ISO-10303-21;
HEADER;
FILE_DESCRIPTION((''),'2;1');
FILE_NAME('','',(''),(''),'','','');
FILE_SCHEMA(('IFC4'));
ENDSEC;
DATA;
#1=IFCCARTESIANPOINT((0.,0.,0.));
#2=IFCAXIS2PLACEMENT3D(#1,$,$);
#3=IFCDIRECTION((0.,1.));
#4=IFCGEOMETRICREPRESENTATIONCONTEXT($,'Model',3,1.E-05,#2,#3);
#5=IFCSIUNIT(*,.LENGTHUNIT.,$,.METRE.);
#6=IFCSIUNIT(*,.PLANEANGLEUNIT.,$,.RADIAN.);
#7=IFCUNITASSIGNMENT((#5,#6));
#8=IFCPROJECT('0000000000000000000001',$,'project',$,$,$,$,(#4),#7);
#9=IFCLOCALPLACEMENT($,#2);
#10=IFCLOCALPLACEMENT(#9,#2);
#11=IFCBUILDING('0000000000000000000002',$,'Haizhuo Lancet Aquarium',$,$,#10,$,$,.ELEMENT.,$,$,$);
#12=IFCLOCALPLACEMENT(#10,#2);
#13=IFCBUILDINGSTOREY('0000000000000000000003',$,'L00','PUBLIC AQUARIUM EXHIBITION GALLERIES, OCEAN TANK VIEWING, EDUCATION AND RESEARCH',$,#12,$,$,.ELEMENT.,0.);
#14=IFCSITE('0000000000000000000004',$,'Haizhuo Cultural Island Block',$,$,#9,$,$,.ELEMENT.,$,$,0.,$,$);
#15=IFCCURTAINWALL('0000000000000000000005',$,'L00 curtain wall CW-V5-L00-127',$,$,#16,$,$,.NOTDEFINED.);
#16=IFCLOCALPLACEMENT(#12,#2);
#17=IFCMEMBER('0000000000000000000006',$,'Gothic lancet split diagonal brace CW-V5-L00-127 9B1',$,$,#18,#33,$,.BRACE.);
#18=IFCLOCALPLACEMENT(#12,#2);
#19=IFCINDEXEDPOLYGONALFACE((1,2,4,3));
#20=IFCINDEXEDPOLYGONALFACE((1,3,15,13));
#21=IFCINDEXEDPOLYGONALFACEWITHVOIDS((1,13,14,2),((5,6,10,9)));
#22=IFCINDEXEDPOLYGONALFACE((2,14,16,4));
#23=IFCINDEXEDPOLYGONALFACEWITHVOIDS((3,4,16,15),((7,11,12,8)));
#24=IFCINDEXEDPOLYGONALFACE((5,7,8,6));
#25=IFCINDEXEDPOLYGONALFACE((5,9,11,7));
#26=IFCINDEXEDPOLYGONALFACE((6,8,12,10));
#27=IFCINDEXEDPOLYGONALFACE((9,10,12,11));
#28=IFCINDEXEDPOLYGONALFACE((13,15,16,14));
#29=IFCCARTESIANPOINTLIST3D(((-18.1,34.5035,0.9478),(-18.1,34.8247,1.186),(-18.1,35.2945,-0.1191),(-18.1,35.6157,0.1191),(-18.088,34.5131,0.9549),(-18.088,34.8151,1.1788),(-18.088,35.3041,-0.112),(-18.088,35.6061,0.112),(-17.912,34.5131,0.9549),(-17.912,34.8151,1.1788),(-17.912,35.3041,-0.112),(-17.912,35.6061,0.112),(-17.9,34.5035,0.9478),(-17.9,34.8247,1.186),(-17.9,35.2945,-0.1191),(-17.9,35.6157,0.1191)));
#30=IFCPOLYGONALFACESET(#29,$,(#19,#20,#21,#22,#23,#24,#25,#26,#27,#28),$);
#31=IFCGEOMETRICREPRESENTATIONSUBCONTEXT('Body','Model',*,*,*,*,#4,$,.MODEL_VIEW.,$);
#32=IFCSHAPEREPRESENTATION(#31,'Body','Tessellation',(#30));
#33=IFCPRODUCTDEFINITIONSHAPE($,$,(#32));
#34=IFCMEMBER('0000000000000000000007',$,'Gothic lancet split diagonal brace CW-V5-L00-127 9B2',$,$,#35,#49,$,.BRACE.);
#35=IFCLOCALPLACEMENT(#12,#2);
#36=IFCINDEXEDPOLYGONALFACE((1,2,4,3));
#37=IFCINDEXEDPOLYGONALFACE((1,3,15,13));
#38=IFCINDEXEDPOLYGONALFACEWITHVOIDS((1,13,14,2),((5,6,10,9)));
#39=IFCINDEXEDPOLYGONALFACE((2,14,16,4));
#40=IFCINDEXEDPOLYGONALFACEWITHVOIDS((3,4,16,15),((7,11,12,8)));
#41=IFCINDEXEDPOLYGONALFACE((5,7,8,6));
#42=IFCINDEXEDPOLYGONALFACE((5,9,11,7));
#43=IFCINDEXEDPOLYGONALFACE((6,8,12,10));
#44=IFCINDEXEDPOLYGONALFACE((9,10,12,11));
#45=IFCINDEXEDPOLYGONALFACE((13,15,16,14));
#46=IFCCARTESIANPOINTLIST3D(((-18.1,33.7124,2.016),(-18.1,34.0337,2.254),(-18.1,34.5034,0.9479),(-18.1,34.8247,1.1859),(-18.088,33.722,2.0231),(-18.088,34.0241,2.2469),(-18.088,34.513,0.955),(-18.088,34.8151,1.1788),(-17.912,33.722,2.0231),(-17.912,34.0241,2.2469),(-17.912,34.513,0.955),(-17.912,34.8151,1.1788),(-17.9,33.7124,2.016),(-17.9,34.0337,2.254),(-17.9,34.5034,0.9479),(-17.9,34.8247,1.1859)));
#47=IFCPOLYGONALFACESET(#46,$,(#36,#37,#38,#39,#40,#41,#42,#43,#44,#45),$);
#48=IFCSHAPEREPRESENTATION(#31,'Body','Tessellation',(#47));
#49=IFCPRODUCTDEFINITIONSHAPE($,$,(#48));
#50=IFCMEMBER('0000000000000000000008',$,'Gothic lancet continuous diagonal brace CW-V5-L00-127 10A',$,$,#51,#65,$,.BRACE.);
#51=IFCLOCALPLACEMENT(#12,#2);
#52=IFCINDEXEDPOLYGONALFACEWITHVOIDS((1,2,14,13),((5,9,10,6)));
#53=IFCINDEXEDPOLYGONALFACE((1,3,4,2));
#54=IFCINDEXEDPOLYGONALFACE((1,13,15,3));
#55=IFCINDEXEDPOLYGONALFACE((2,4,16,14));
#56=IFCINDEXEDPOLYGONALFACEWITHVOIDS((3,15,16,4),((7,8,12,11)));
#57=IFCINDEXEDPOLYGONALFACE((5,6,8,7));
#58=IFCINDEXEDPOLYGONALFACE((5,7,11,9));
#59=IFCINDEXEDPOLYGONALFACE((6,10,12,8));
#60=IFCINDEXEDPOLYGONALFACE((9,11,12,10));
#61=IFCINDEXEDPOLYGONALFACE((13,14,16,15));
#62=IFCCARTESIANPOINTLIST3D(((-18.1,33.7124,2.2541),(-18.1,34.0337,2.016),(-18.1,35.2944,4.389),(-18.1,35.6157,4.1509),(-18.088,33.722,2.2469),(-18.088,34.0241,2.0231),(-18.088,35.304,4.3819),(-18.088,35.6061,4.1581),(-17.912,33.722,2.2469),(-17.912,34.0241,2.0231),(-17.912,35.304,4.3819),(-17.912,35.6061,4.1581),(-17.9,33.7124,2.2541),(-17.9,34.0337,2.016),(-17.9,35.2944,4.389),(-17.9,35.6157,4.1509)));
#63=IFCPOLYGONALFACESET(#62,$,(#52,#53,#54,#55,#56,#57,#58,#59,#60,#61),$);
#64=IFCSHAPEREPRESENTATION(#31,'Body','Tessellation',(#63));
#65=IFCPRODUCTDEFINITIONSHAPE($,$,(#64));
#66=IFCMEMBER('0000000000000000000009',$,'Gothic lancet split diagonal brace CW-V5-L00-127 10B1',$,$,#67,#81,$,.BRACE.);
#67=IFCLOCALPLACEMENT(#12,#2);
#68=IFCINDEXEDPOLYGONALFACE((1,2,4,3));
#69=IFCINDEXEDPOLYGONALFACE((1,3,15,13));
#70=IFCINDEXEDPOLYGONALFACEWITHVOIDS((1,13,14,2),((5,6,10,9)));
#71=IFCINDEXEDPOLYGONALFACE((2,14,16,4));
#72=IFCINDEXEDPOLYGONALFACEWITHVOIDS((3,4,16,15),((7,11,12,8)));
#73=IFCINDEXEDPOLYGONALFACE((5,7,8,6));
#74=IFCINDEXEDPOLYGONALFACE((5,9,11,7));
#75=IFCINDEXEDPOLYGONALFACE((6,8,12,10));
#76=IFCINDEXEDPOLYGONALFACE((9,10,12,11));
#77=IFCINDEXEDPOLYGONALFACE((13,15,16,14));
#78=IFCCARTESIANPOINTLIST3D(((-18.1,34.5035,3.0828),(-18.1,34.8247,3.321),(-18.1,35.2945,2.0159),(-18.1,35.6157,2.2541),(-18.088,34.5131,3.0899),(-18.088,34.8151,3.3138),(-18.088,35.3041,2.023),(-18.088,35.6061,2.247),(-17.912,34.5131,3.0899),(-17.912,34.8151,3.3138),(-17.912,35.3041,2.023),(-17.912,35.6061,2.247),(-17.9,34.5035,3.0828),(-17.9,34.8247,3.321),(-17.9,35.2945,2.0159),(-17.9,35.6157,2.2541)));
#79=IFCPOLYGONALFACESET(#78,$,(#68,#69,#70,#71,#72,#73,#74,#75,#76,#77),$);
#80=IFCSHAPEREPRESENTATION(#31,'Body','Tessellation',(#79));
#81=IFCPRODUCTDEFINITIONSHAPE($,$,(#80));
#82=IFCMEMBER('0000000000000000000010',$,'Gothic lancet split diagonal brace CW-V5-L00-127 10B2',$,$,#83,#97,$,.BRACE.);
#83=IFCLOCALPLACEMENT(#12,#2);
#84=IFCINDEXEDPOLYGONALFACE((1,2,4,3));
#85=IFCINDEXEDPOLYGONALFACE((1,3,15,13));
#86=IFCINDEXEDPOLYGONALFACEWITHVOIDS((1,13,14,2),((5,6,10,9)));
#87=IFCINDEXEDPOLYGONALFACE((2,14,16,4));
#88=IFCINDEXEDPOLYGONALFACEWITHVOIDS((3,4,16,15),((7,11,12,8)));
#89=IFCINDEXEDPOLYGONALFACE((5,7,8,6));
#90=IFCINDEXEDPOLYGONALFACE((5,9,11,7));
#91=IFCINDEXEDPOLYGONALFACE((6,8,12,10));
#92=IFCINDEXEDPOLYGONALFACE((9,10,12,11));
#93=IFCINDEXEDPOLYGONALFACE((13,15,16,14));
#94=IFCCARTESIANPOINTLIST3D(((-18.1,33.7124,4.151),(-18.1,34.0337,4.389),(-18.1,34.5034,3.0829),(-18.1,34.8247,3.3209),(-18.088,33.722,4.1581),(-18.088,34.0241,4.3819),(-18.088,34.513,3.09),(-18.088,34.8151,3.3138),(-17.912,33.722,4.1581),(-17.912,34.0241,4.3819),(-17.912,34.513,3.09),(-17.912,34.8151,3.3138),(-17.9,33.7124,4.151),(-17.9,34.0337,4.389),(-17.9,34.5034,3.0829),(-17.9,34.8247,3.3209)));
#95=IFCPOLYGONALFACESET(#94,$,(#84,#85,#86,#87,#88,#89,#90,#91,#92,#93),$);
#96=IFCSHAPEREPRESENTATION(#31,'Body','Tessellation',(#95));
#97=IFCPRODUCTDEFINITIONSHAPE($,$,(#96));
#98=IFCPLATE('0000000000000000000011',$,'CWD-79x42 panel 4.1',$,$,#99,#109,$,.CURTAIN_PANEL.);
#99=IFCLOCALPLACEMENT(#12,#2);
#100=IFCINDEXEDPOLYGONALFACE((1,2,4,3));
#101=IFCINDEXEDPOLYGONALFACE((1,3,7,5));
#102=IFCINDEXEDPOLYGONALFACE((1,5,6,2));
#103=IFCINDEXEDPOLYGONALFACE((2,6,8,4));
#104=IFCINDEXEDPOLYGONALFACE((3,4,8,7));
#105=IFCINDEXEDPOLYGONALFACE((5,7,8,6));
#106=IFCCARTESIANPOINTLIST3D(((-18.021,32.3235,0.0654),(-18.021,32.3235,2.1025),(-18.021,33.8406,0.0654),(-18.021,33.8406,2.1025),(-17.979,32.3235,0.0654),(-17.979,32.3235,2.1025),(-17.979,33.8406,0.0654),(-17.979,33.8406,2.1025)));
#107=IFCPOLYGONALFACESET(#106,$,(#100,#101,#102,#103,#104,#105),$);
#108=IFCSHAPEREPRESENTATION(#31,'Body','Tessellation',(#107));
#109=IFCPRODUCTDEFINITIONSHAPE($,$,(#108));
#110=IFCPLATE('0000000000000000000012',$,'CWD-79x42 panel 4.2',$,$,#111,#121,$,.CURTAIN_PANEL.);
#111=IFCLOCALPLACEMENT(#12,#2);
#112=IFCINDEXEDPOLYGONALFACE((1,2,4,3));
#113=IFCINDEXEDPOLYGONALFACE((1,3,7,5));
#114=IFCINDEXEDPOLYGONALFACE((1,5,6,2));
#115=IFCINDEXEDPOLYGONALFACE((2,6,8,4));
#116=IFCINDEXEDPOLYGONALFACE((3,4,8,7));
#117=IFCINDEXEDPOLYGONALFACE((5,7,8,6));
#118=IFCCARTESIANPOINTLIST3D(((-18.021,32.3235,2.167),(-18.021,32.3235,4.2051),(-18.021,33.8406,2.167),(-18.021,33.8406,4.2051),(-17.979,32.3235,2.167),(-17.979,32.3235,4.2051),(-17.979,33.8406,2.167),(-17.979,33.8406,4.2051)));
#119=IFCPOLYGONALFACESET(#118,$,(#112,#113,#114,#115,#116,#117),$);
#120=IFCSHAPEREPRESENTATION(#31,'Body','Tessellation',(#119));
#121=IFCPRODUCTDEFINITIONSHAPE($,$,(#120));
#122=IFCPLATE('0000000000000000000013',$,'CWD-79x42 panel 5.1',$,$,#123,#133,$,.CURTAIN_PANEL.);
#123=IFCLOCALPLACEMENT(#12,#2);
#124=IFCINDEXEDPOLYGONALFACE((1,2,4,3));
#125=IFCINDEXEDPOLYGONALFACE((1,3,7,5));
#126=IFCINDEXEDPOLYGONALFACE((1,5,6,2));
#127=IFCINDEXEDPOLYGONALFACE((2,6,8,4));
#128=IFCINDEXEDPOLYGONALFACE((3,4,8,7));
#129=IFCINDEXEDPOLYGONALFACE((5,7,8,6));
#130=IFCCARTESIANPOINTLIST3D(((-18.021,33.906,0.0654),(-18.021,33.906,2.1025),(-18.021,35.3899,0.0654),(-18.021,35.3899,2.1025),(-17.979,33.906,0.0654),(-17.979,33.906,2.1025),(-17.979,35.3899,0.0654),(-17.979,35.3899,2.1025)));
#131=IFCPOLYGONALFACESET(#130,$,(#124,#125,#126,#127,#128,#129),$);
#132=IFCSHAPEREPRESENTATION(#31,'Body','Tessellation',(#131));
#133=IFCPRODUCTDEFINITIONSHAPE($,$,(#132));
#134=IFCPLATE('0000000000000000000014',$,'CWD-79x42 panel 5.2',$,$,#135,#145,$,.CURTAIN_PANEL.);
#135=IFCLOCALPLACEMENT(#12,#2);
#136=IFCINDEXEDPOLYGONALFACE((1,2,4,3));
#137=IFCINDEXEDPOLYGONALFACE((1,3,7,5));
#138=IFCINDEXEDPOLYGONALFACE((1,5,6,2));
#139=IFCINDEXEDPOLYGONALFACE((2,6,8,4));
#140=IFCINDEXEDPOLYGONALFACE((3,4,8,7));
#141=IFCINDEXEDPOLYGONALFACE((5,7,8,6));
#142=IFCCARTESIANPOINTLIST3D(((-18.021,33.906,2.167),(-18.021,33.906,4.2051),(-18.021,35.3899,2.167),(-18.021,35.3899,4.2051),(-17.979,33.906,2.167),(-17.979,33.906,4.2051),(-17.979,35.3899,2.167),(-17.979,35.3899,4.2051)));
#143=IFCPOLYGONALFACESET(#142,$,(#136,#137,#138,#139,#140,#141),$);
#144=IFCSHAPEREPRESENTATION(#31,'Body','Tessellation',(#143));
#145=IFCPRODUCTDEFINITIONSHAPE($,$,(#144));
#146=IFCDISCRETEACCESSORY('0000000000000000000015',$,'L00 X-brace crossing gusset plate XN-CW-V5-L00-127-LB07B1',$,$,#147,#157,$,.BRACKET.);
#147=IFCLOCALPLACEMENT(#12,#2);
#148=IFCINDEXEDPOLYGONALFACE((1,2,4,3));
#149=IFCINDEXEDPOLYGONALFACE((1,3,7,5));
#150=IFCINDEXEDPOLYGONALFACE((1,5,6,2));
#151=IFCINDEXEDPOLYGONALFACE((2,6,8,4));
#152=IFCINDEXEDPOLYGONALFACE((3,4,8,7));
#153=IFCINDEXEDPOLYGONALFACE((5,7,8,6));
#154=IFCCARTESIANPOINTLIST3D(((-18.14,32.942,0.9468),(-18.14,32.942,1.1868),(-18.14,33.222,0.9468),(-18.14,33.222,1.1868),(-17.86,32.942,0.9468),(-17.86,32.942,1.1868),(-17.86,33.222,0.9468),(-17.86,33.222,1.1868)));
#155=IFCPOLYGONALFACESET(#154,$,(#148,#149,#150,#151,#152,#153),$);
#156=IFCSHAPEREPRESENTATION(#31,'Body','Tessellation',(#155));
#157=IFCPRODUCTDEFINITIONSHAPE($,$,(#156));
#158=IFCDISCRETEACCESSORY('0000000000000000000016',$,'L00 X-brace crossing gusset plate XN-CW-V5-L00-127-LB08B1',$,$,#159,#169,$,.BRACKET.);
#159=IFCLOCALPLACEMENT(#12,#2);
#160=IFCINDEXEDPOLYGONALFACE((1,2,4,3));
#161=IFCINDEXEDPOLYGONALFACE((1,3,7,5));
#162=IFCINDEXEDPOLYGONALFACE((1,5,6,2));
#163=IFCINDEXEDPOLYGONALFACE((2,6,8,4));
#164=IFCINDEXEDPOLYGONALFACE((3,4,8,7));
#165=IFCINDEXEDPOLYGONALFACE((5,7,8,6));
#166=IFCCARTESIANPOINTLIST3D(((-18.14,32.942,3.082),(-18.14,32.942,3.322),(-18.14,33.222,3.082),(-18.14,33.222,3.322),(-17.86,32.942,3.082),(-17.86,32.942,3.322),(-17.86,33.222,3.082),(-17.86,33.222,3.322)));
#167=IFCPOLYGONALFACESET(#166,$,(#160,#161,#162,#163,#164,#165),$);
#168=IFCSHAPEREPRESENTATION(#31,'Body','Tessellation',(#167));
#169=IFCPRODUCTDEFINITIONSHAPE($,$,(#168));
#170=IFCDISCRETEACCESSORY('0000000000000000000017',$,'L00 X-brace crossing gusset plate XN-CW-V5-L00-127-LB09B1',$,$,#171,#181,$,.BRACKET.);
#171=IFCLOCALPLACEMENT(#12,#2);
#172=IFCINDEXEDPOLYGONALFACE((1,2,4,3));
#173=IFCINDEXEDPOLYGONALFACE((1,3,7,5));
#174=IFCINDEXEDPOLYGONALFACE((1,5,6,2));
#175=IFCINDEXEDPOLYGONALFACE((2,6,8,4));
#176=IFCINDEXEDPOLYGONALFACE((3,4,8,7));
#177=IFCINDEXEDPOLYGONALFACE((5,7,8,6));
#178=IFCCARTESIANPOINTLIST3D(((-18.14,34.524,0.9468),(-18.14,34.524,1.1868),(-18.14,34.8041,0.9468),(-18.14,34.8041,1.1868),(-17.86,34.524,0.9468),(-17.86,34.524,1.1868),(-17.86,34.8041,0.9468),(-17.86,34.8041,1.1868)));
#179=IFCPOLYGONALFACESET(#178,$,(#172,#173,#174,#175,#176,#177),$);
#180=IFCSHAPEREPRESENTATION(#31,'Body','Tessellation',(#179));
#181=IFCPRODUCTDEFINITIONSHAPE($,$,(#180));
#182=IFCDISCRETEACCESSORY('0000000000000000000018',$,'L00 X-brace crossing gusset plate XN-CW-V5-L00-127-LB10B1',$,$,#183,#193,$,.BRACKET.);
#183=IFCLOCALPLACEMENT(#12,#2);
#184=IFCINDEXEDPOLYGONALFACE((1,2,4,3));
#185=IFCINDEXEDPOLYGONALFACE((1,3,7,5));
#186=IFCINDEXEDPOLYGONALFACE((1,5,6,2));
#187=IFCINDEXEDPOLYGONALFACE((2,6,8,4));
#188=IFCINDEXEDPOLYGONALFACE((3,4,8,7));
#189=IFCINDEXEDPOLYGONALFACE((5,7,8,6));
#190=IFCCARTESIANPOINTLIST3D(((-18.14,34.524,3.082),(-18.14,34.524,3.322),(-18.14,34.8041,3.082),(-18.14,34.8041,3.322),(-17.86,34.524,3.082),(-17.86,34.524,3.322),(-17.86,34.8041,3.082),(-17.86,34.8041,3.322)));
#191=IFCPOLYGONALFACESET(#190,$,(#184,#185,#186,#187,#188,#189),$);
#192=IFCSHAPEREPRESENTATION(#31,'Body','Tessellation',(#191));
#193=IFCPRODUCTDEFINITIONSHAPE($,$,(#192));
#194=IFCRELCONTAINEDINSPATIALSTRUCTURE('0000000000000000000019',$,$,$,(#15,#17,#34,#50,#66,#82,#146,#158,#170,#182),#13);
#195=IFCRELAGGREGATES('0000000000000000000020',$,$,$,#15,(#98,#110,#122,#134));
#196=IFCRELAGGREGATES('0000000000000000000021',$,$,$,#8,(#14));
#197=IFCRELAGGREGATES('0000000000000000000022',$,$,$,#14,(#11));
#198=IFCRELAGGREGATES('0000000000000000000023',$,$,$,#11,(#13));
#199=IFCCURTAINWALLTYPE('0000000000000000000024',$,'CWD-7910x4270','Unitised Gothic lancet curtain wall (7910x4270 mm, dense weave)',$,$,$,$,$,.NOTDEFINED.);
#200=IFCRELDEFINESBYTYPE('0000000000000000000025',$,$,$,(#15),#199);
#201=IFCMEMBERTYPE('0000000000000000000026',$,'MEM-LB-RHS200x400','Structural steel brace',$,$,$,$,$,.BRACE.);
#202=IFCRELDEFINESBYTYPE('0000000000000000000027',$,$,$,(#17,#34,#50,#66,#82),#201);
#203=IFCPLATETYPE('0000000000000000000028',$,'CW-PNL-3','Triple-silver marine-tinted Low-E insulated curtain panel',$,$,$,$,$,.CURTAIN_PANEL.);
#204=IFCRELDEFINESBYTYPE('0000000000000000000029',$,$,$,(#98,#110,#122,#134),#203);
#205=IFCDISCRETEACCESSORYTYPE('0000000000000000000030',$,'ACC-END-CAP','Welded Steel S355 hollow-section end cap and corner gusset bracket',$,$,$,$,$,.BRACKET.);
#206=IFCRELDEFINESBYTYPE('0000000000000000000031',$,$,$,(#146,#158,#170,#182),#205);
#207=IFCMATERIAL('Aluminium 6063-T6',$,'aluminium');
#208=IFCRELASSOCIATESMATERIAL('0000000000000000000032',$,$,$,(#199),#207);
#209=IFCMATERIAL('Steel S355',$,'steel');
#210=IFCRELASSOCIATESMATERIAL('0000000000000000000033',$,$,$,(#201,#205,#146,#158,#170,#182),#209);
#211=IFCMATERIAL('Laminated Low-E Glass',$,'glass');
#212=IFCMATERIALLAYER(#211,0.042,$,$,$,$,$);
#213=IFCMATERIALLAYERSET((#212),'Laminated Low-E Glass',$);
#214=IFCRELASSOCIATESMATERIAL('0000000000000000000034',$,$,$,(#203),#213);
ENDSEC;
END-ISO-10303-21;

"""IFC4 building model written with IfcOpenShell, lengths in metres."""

from ifc_helpers import new_model, si_unit, direction, frame, origin, origin_2d, place, context, subcontext, project, spatial, rectangle, hollow_rectangle, extrude, material, layer, layer_set, material_profile, profile_set, type_object, element, aggregate, save


model = new_model("IFC4")

# Units and contexts
model_context = context("Model", 3, precision=1e-05, world=origin(), true_north=direction((0.0, 1.0)))
body_context = subcontext(model_context, "Body", "Model", "MODEL_VIEW")
ifc_project = project(units=[si_unit("LENGTHUNIT", "METRE"), si_unit("PLANEANGLEUNIT", "RADIAN")], contexts=[model_context])

# Site, building, storey
site_placement = place(None, origin())
site = spatial("IfcSite", under=ifc_project, at=site_placement, Name="Haizhuo Cultural Island Block", CompositionType="ELEMENT", RefElevation=0.0)
building_placement = place(site_placement, origin())
building = spatial("IfcBuilding", under=site, at=building_placement, Name="Haizhuo Lancet Aquarium", CompositionType="ELEMENT")
storey_placement = place(building_placement, origin())
storey = spatial("IfcBuildingStorey", under=building, at=storey_placement, Name="L00", Description="PUBLIC AQUARIUM EXHIBITION GALLERIES, OCEAN TANK VIEWING, EDUCATION AND RESEARCH", CompositionType="ELEMENT", Elevation=0.0)

# Curtain wall
ifc_material_1 = material(Name="Aluminium 6063-T6", Category="aluminium")
curtain_wall_type = type_object("IfcCurtainWallType", Name="CWD-7910x4270", Description="Unitised Gothic lancet curtain wall (7910x4270 mm, dense weave)", PredefinedType="NOTDEFINED", material=ifc_material_1)
curtain_wall_placement = place(storey_placement, origin())
curtain_wall = element("IfcCurtainWall", 1, at=curtain_wall_placement, inside=storey, type_object=curtain_wall_type, Name="L00 curtain wall CW-V5-L00-127", PredefinedType="NOTDEFINED")

# Members
ifc_material_2 = material(Name="Steel S355", Category="steel")
ifc_material_profile_1 = material_profile(ifc_material_2, hollow_rectangle(XDim=0.2, YDim=0.3999, WallThickness=0.012, at=origin_2d()), Name="RHS 200x400x12")
ifc_profile_set_1 = profile_set([ifc_material_profile_1], Name="Steel S355")
member_type_1 = type_object("IfcMemberType", Name="MEM-LB-RHS200x400", Description="Structural steel brace", PredefinedType="BRACE", material=ifc_profile_set_1)
member_1_placement = place(storey_placement, frame((-18.0, 35.4551, 0.0), z_axis=(0.0, -0.595579, 0.803297), x_axis=(1.0, 0.0, 0.0)))
element("IfcMember", 2, at=member_1_placement, inside=storey, type_object=member_type_1, Name="Gothic lancet split diagonal brace CW-V5-L00-127 9B1", PredefinedType="BRACE", context=body_context, shape_type="SweptSolid", body=[
    extrude(hollow_rectangle(XDim=0.2, YDim=0.3999, WallThickness=0.012, at=origin_2d()), origin(), (0.0, 0.0, 1.0), 1.3281),
])
member_2_placement = place(storey_placement, frame((-18.0, 34.6641, 1.0669), z_axis=(0.0, -0.59514, 0.803622), x_axis=(1.0, 0.0, 0.0)))
element("IfcMember", 3, at=member_2_placement, inside=storey, type_object=member_type_1, Name="Gothic lancet split diagonal brace CW-V5-L00-127 9B2", PredefinedType="BRACE", context=body_context, shape_type="SweptSolid", body=[
    extrude(hollow_rectangle(XDim=0.2, YDim=0.3999, WallThickness=0.012, at=origin_2d()), origin(), (0.0, 0.0, 1.0), 1.3291),
])
member_3_placement = place(storey_placement, frame((-18.0, 33.873, 2.135), z_axis=(0.0, 0.595359, 0.80346), x_axis=(-1.0, 0.0, 0.0)))
element("IfcMember", 4, at=member_3_placement, inside=storey, type_object=member_type_1, Name="Gothic lancet continuous diagonal brace CW-V5-L00-127 10A", PredefinedType="BRACE", context=body_context, shape_type="SweptSolid", body=[
    extrude(hollow_rectangle(XDim=0.2, YDim=0.3999, WallThickness=0.012, at=origin_2d()), origin(), (0.0, 0.0, 1.0), 2.6572),
])
member_4_placement = place(storey_placement, frame((-18.0, 35.4551, 2.135), z_axis=(0.0, -0.595579, 0.803297), x_axis=(1.0, 0.0, 0.0)))
element("IfcMember", 5, at=member_4_placement, inside=storey, type_object=member_type_1, Name="Gothic lancet split diagonal brace CW-V5-L00-127 10B1", PredefinedType="BRACE", context=body_context, shape_type="SweptSolid", body=[
    extrude(hollow_rectangle(XDim=0.2, YDim=0.3999, WallThickness=0.012, at=origin_2d()), origin(), (0.0, 0.0, 1.0), 1.3281),
])
member_5_placement = place(storey_placement, frame((-18.0, 34.6641, 3.2019), z_axis=(0.0, -0.59514, 0.803622), x_axis=(1.0, 0.0, 0.0)))
element("IfcMember", 6, at=member_5_placement, inside=storey, type_object=member_type_1, Name="Gothic lancet split diagonal brace CW-V5-L00-127 10B2", PredefinedType="BRACE", context=body_context, shape_type="SweptSolid", body=[
    extrude(hollow_rectangle(XDim=0.2, YDim=0.3999, WallThickness=0.012, at=origin_2d()), origin(), (0.0, 0.0, 1.0), 1.3291),
])

# Plates
ifc_material_3 = material(Name="Laminated Low-E Glass", Category="glass")
ifc_layer = layer(ifc_material_3, 0.042)
ifc_layer_set = layer_set([ifc_layer], Name="Laminated Low-E Glass")
plate_type = type_object("IfcPlateType", Name="CW-PNL-3", Description="Triple-silver marine-tinted Low-E insulated curtain panel", PredefinedType="CURTAIN_PANEL", material=ifc_layer_set)
plate_1_placement = place(storey_placement, frame((-18.0, 33.082, 0.0654), z_axis=(0.0, 0.0, 1.0), x_axis=(0.0, 1.0, 0.0)))
plate_1 = element("IfcPlate", 7, at=plate_1_placement, type_object=plate_type, Name="CWD-79x42 panel 4.1", PredefinedType="CURTAIN_PANEL", context=body_context, shape_type="SweptSolid", body=[
    extrude(rectangle(XDim=1.5171, YDim=0.042, at=origin_2d()), origin(), (0.0, 0.0, 1.0), 2.0371),
])
plate_2_placement = place(storey_placement, frame((-18.0, 33.082, 2.167), z_axis=(0.0, 0.0, 1.0), x_axis=(0.0, 1.0, 0.0)))
plate_2 = element("IfcPlate", 8, at=plate_2_placement, type_object=plate_type, Name="CWD-79x42 panel 4.2", PredefinedType="CURTAIN_PANEL", context=body_context, shape_type="SweptSolid", body=[
    extrude(rectangle(XDim=1.5171, YDim=0.042, at=origin_2d()), origin(), (0.0, 0.0, 1.0), 2.0381),
])
plate_3_placement = place(storey_placement, frame((-18.0, 34.6479, 0.0654), z_axis=(0.0, 0.0, 1.0), x_axis=(0.0, 1.0, 0.0)))
plate_3 = element("IfcPlate", 9, at=plate_3_placement, type_object=plate_type, Name="CWD-79x42 panel 5.1", PredefinedType="CURTAIN_PANEL", context=body_context, shape_type="SweptSolid", body=[
    extrude(rectangle(XDim=1.4839, YDim=0.042, at=origin_2d()), origin(), (0.0, 0.0, 1.0), 2.0371),
])
plate_4_placement = place(storey_placement, frame((-18.0, 34.6479, 2.167), z_axis=(0.0, 0.0, 1.0), x_axis=(0.0, 1.0, 0.0)))
plate_4 = element("IfcPlate", 10, at=plate_4_placement, type_object=plate_type, Name="CWD-79x42 panel 5.2", PredefinedType="CURTAIN_PANEL", context=body_context, shape_type="SweptSolid", body=[
    extrude(rectangle(XDim=1.4839, YDim=0.042, at=origin_2d()), origin(), (0.0, 0.0, 1.0), 2.0381),
])
aggregate(curtain_wall, [plate_1, plate_2, plate_3, plate_4])

# Discrete accessories
discrete_accessory_type = type_object("IfcDiscreteAccessoryType", Name="ACC-END-CAP", Description="Welded Steel S355 hollow-section end cap and corner gusset bracket", PredefinedType="BRACKET", material=ifc_material_2)
for number, where, z_axis, x_axis, name in (
    (11, (-18.0, 33.082, 0.9468), (0.0, 0.0, 1.0), (1.0, 0.0, 0.0), "L00 X-brace crossing gusset plate XN-CW-V5-L00-127-LB07B1"),
    (12, (-18.0, 33.082, 3.082), (0.0, 0.0, 1.0), (1.0, 0.0, 0.0), "L00 X-brace crossing gusset plate XN-CW-V5-L00-127-LB08B1"),
    (13, (-18.0, 34.6641, 0.9468), (0.0, 0.0, 1.0), (1.0, 0.0, 0.0), "L00 X-brace crossing gusset plate XN-CW-V5-L00-127-LB09B1"),
    (14, (-18.0, 34.6641, 3.082), (0.0, 0.0, 1.0), (1.0, 0.0, 0.0), "L00 X-brace crossing gusset plate XN-CW-V5-L00-127-LB10B1"),
):
    element("IfcDiscreteAccessory", number, at=place(storey_placement, frame(where, z_axis=z_axis, x_axis=x_axis)), inside=storey, type_object=discrete_accessory_type, material=ifc_material_2, Name=name, PredefinedType="BRACKET", context=body_context, shape_type="SweptSolid", body=[
        extrude(rectangle(XDim=0.28, YDim=0.28, at=origin_2d()), origin(), (0.0, 0.0, 1.0), 0.24),
    ])

save(model, "model.ifc")
